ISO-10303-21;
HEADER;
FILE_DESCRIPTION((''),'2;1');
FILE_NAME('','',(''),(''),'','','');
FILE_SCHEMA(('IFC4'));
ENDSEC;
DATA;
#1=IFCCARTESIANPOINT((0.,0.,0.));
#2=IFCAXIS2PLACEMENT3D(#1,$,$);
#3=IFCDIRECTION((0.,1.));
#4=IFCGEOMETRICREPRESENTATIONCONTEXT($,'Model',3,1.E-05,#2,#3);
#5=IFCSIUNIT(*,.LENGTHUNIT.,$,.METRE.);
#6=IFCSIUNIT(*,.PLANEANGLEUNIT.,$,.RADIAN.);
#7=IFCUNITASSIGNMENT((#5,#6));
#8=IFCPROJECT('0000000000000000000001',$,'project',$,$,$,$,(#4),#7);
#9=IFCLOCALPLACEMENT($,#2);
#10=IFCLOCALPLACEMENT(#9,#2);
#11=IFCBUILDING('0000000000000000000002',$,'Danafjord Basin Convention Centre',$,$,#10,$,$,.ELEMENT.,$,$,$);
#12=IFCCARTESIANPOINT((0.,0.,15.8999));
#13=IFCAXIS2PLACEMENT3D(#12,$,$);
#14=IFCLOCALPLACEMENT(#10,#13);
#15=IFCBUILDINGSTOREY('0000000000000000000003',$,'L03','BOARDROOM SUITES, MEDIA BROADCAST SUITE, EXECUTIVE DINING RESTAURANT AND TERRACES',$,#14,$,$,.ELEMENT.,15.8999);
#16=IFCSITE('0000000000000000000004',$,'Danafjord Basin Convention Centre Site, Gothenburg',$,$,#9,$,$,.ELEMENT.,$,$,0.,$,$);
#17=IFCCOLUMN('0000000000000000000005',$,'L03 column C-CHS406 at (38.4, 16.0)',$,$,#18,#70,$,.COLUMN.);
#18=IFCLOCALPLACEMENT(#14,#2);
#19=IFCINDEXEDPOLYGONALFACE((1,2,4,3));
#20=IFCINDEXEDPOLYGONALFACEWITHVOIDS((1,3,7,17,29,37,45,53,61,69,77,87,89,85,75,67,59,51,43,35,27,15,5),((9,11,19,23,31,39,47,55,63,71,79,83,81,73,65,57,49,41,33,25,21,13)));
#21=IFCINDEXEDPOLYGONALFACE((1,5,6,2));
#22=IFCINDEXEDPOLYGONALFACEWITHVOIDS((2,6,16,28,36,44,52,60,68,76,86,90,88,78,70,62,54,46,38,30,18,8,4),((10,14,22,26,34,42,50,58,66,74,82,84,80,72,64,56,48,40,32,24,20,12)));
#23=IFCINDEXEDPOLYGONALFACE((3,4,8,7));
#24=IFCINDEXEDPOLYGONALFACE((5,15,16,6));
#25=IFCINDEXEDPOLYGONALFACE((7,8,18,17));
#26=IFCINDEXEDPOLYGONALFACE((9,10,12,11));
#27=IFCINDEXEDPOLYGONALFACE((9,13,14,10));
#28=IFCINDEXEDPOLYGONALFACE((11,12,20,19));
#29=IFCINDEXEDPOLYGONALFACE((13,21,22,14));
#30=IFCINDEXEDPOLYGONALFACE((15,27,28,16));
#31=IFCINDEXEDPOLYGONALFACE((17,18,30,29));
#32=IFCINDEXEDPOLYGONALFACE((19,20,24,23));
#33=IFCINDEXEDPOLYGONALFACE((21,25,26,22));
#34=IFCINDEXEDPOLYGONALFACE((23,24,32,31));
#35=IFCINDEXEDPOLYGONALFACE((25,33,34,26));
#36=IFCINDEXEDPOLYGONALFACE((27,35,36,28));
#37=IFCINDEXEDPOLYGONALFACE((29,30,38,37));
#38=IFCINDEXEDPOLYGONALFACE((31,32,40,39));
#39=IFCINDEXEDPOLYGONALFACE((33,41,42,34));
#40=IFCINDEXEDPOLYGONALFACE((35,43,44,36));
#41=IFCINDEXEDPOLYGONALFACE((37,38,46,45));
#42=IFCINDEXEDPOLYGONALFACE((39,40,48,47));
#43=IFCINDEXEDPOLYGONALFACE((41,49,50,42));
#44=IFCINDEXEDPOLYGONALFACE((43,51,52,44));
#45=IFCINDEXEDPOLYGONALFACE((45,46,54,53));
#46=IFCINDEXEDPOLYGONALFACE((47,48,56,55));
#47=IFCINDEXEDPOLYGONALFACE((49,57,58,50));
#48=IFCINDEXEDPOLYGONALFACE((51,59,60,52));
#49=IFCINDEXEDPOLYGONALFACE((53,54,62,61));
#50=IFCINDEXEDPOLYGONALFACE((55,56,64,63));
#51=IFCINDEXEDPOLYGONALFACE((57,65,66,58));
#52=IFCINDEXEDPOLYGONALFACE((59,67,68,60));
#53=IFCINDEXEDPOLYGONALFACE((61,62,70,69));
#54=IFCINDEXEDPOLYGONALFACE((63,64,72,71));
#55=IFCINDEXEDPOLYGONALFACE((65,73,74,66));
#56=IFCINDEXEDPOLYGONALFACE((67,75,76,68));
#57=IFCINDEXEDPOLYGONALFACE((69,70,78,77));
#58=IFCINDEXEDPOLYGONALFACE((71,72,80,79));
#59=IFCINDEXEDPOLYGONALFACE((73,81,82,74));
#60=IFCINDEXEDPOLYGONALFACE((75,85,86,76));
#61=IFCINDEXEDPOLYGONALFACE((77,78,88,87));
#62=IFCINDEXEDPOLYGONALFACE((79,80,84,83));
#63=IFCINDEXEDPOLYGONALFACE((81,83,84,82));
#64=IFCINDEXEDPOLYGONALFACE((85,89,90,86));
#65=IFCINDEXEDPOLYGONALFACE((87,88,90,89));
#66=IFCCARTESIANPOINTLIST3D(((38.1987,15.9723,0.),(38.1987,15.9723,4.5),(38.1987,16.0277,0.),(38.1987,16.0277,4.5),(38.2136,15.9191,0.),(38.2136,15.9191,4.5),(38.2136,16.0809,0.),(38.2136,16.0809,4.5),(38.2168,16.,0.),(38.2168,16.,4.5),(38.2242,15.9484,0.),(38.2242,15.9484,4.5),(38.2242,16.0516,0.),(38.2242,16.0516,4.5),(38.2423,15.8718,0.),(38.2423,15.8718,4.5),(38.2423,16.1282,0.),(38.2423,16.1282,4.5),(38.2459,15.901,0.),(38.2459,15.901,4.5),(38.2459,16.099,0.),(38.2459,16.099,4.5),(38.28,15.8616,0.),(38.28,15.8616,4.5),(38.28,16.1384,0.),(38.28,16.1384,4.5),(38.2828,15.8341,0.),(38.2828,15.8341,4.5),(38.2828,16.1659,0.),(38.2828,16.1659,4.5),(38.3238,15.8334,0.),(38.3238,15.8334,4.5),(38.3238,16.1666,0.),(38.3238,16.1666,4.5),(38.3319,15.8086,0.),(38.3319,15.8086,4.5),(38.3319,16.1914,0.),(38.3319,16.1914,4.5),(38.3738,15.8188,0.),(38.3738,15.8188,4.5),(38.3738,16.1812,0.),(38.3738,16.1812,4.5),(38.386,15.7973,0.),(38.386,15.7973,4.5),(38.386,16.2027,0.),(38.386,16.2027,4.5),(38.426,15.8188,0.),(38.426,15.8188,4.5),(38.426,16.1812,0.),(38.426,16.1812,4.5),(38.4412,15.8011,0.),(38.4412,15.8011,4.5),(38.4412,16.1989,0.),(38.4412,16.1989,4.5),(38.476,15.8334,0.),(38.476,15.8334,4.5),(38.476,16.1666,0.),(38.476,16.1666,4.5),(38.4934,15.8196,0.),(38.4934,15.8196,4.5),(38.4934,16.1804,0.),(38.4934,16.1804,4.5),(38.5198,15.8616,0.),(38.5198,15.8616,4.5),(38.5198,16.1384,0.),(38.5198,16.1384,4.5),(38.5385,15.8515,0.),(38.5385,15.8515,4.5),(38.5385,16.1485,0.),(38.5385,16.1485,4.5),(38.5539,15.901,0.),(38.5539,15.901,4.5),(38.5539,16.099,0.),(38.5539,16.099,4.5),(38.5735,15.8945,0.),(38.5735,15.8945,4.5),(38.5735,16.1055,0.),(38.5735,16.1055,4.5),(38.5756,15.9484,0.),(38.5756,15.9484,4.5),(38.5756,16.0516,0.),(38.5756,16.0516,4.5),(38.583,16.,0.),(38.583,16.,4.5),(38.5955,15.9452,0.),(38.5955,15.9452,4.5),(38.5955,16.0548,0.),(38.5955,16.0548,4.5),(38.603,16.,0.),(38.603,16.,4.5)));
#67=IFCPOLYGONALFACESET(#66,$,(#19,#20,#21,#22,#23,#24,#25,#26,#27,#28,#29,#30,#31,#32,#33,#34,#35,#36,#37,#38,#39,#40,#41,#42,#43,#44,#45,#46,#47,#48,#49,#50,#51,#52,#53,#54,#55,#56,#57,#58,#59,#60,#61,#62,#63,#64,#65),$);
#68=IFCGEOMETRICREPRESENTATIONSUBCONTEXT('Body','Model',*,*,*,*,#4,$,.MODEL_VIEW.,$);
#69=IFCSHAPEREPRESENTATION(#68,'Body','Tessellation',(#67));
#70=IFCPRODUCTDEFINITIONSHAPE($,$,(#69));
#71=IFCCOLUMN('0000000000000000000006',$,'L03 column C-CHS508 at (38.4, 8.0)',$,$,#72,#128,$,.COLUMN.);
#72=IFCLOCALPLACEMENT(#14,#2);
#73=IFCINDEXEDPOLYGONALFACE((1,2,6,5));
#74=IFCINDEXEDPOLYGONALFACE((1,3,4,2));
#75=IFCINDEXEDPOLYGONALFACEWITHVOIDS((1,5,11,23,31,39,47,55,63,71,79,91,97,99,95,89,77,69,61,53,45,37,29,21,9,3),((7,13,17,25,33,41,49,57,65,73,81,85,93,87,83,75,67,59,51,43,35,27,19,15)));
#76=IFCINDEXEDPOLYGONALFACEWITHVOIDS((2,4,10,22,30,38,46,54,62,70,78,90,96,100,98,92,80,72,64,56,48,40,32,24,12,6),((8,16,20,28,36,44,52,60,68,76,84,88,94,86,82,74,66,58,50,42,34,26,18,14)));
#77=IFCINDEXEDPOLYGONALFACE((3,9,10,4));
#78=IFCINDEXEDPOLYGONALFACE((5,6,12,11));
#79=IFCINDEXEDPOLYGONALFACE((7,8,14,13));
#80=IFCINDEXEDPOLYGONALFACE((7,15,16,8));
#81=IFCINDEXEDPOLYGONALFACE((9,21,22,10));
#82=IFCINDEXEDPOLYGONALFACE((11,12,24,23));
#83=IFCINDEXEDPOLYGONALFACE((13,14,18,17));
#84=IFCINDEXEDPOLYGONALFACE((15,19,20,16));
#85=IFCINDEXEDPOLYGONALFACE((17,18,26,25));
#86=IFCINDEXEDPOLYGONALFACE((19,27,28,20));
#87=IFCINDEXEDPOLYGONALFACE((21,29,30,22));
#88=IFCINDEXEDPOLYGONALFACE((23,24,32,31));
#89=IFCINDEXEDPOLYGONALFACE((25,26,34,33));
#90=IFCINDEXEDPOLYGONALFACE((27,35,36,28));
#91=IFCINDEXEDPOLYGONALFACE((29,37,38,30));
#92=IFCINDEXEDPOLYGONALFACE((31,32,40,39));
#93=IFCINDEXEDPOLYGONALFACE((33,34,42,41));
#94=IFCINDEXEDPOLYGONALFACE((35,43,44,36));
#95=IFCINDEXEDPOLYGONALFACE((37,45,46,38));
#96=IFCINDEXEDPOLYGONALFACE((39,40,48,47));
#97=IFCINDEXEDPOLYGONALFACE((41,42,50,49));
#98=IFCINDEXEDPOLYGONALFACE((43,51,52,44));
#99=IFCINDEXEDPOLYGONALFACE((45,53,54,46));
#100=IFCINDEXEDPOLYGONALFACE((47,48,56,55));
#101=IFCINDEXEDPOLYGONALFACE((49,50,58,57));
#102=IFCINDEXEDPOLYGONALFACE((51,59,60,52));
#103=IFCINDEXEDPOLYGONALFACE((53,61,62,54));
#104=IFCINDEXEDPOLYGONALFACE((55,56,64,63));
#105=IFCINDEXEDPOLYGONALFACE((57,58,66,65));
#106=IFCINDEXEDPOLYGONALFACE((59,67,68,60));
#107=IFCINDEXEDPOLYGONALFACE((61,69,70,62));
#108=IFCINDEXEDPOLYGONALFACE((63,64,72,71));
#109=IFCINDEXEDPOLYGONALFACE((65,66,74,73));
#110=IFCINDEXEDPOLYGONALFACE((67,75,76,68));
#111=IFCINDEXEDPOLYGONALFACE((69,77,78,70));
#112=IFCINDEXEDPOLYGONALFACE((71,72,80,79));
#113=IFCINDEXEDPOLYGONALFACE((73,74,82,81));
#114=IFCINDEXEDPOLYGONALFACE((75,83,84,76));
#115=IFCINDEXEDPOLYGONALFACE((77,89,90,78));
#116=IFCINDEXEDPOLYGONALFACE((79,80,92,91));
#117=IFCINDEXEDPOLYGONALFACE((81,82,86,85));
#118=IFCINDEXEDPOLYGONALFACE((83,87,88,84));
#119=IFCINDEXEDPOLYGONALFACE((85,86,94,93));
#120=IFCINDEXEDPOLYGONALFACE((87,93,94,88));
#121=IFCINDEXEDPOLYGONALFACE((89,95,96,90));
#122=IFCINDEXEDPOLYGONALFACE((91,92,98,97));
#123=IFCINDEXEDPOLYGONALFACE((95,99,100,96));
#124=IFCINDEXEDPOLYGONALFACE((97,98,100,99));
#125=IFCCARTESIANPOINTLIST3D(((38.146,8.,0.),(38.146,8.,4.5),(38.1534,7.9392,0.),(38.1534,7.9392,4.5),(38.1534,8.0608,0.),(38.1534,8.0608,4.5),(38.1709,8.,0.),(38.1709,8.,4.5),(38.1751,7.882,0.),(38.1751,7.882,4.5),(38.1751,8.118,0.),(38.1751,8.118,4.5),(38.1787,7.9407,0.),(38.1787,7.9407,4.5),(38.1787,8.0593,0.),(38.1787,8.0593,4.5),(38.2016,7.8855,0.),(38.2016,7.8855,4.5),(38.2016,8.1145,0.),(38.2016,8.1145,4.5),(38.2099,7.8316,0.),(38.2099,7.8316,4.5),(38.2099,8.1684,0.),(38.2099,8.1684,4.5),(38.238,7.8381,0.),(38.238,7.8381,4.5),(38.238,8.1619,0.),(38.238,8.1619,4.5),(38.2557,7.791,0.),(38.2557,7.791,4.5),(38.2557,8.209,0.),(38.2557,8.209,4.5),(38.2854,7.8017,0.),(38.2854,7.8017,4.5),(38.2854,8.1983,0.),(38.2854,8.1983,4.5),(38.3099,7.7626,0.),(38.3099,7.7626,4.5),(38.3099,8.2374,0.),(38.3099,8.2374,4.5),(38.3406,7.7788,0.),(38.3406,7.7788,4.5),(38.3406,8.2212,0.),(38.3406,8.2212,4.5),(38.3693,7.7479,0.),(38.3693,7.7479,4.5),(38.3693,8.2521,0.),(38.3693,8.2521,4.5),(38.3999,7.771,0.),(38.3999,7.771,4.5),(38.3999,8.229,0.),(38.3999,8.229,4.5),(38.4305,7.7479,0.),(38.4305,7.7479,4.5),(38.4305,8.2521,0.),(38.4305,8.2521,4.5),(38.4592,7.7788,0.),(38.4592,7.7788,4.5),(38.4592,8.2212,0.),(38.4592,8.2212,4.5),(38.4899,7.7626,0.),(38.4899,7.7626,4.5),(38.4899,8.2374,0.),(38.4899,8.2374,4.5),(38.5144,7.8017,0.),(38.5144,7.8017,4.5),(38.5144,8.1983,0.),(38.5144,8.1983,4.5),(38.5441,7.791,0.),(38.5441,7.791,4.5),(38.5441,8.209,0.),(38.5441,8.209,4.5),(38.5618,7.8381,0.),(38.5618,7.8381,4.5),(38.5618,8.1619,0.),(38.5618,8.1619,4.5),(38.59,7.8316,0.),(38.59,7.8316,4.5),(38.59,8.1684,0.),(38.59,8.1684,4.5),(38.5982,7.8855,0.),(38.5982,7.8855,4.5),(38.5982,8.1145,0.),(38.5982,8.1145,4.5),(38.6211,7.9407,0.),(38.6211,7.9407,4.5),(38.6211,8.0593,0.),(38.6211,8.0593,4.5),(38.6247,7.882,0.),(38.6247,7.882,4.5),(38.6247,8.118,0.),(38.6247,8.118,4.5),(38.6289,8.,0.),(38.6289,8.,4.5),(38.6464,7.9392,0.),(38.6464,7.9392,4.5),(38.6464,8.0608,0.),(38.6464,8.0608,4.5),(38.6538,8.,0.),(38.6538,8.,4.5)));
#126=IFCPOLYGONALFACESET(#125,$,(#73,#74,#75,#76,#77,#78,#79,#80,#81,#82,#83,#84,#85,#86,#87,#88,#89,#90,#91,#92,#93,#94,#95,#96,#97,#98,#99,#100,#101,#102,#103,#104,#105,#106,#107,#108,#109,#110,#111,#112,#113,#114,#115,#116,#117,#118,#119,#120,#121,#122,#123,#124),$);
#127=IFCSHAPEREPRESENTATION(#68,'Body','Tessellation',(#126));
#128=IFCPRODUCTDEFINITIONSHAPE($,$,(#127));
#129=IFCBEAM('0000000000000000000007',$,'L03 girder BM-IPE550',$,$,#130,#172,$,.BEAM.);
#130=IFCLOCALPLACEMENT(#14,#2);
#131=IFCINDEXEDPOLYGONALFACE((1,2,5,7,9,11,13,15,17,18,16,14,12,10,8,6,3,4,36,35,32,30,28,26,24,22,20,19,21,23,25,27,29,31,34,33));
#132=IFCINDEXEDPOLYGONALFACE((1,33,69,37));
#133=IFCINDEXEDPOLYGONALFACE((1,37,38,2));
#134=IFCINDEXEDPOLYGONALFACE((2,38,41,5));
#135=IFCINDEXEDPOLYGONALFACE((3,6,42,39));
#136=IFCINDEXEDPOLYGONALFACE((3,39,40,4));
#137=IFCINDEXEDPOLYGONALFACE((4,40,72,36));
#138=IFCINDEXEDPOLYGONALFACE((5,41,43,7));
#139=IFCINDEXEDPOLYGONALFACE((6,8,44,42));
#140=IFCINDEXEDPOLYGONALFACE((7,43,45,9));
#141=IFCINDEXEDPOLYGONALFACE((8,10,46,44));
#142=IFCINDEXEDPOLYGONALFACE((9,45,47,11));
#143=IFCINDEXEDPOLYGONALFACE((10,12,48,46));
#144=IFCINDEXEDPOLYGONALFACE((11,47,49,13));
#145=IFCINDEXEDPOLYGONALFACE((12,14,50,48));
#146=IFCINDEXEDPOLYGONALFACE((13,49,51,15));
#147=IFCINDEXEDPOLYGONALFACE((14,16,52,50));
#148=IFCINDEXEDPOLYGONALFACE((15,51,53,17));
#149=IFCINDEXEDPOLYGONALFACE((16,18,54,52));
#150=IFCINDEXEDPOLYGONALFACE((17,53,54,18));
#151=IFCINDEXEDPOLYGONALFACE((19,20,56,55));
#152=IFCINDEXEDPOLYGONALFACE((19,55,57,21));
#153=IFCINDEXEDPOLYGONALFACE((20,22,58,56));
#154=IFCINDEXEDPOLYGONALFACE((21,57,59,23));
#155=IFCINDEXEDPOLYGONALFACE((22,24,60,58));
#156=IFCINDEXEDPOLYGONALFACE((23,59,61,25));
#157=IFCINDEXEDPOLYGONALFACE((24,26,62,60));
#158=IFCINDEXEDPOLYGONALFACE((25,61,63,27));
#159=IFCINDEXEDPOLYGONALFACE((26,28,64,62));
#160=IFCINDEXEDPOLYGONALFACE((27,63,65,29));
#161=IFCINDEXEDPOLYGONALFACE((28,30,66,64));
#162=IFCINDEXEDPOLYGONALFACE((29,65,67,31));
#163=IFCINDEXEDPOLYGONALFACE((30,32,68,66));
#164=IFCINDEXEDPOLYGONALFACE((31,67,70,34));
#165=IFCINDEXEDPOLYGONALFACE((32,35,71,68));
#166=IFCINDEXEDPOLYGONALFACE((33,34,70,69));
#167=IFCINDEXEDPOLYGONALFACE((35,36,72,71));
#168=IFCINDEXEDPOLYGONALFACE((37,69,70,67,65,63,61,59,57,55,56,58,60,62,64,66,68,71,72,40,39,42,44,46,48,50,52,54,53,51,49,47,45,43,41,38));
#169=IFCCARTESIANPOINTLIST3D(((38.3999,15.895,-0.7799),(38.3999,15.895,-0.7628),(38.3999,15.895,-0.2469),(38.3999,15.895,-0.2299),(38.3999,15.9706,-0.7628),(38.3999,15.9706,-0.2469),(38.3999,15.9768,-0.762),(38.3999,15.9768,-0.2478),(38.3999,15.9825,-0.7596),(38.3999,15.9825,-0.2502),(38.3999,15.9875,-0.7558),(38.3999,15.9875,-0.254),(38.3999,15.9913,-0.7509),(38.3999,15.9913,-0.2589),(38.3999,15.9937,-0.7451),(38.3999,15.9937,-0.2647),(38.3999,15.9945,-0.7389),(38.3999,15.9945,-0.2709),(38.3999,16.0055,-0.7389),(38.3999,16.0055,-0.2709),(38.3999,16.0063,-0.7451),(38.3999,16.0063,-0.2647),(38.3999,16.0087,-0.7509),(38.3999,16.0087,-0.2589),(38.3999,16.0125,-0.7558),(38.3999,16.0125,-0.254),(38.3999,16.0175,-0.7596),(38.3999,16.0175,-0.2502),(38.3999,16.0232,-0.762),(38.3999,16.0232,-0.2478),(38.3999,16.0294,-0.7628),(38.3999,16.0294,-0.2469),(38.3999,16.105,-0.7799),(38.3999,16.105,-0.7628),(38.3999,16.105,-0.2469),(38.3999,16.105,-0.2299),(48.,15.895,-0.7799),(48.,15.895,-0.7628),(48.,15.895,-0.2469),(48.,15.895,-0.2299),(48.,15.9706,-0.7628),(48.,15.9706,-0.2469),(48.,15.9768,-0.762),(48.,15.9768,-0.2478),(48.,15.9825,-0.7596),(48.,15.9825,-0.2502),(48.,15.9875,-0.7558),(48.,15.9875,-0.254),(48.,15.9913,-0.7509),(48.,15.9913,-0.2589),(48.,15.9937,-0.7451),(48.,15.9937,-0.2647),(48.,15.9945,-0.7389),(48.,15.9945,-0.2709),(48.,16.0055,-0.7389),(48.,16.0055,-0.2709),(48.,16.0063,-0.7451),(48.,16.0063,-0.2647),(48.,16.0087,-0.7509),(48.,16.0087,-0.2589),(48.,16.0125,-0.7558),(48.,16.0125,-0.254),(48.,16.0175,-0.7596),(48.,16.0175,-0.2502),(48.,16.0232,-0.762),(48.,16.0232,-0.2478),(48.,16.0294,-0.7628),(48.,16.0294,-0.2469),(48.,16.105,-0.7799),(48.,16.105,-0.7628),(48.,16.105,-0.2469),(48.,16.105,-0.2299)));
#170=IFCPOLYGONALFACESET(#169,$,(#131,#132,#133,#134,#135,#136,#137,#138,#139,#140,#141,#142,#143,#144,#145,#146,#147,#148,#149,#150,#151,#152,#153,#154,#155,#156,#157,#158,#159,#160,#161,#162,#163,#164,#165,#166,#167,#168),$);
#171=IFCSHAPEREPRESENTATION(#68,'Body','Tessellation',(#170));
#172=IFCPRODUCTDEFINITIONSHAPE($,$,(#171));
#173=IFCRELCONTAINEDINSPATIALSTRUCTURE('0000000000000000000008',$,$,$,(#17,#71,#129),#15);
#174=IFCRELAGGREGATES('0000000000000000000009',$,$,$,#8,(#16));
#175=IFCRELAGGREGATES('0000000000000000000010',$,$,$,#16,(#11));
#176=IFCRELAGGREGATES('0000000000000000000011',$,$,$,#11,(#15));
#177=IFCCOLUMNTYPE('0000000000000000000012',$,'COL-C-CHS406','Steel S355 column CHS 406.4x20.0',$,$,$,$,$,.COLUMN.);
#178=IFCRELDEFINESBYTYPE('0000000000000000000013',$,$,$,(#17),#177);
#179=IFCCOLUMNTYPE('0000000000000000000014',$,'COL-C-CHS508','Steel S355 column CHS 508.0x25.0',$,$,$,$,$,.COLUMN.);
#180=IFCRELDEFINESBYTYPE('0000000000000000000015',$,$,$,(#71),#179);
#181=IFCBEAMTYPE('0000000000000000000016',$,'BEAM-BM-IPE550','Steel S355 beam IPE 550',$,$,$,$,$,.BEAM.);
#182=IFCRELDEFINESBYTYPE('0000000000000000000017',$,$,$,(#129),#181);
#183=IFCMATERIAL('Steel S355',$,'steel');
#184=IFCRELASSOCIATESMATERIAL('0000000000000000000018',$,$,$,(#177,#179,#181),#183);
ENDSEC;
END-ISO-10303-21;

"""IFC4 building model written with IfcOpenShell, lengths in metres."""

from ifc_helpers import new_model, si_unit, direction, frame, origin, origin_2d, place, context, subcontext, project, spatial, hollow_circle, i_section, extrude, material, material_profile, profile_set, type_object, element, save


model = new_model("IFC4")

# Units and contexts
model_context = context("Model", 3, precision=1e-05, world=origin(), true_north=direction((0.0, 1.0)))
body_context = subcontext(model_context, "Body", "Model", "MODEL_VIEW")
ifc_project = project(units=[si_unit("LENGTHUNIT", "METRE"), si_unit("PLANEANGLEUNIT", "RADIAN")], contexts=[model_context])

# Site, building, storey
site_placement = place(None, origin())
site = spatial("IfcSite", under=ifc_project, at=site_placement, Name="Danafjord Basin Convention Centre Site, Gothenburg", CompositionType="ELEMENT", RefElevation=0.0)
building_placement = place(site_placement, origin())
building = spatial("IfcBuilding", under=site, at=building_placement, Name="Danafjord Basin Convention Centre", CompositionType="ELEMENT")
storey_placement = place(building_placement, frame((0.0, 0.0, 15.8999)))
storey = spatial("IfcBuildingStorey", under=building, at=storey_placement, Name="L03", Description="BOARDROOM SUITES, MEDIA BROADCAST SUITE, EXECUTIVE DINING RESTAURANT AND TERRACES", CompositionType="ELEMENT", Elevation=15.8999)

# Columns
ifc_material_1 = material(Name="Steel S355", Category="steel")
ifc_material_profile_1 = material_profile(ifc_material_1, hollow_circle(Radius=0.2031, WallThickness=0.02, at=origin_2d()), Name="CHS 406.4x20.0")
ifc_profile_set_1 = profile_set([ifc_material_profile_1], Name="Steel S355")
column_type_1 = type_object("IfcColumnType", Name="COL-C-CHS406", Description="Steel S355 column CHS 406.4x20.0", PredefinedType="COLUMN", material=ifc_profile_set_1)
column_1_placement = place(storey_placement, frame((38.3999, 16.0, 0.0), z_axis=(0.0, 0.0, 1.0), x_axis=(1.0, 0.0, 0.0)))
element("IfcColumn", 1, at=column_1_placement, inside=storey, type_object=column_type_1, Name="L03 column C-CHS406 at (38.4, 16.0)", PredefinedType="COLUMN", context=body_context, shape_type="SweptSolid", body=[
    extrude(hollow_circle(Radius=0.2031, WallThickness=0.02, at=origin_2d()), origin(), (0.0, 0.0, 1.0), 4.5),
])
ifc_material_profile_2 = material_profile(ifc_material_1, hollow_circle(Radius=0.2539, WallThickness=0.0249, at=origin_2d()), Name="CHS 508.0x25.0")
ifc_profile_set_2 = profile_set([ifc_material_profile_2], Name="Steel S355")
column_type_2 = type_object("IfcColumnType", Name="COL-C-CHS508", Description="Steel S355 column CHS 508.0x25.0", PredefinedType="COLUMN", material=ifc_profile_set_2)
column_2_placement = place(storey_placement, frame((38.3999, 8.0, 0.0), z_axis=(0.0, 0.0, 1.0), x_axis=(1.0, 0.0, 0.0)))
element("IfcColumn", 2, at=column_2_placement, inside=storey, type_object=column_type_2, Name="L03 column C-CHS508 at (38.4, 8.0)", PredefinedType="COLUMN", context=body_context, shape_type="SweptSolid", body=[
    extrude(hollow_circle(Radius=0.2539, WallThickness=0.0249, at=origin_2d()), origin(), (0.0, 0.0, 1.0), 4.5),
])

# Beam
ifc_material_profile_3 = material_profile(ifc_material_1, i_section(OverallWidth=0.21, OverallDepth=0.55, WebThickness=0.011, FlangeThickness=0.0171, FilletRadius=0.0239, at=origin_2d()), Name="IPE 550")
ifc_profile_set_3 = profile_set([ifc_material_profile_3], Name="Steel S355")
beam_type_1 = type_object("IfcBeamType", Name="BEAM-BM-IPE550", Description="Steel S355 beam IPE 550", PredefinedType="BEAM", material=ifc_profile_set_3)
beam_1_placement = place(storey_placement, frame((38.3999, 16.0, -0.5049), z_axis=(1.0, 0.0, 0.0), x_axis=(0.0, 1.0, 0.0)))
element("IfcBeam", 3, at=beam_1_placement, inside=storey, type_object=beam_type_1, Name="L03 girder BM-IPE550", PredefinedType="BEAM", context=body_context, shape_type="SweptSolid", body=[
    extrude(i_section(OverallWidth=0.21, OverallDepth=0.55, WebThickness=0.011, FlangeThickness=0.0171, FilletRadius=0.0239, at=origin_2d()), origin(), (0.0, 0.0, 1.0), 9.6001),
])

save(model, "model.ifc")
